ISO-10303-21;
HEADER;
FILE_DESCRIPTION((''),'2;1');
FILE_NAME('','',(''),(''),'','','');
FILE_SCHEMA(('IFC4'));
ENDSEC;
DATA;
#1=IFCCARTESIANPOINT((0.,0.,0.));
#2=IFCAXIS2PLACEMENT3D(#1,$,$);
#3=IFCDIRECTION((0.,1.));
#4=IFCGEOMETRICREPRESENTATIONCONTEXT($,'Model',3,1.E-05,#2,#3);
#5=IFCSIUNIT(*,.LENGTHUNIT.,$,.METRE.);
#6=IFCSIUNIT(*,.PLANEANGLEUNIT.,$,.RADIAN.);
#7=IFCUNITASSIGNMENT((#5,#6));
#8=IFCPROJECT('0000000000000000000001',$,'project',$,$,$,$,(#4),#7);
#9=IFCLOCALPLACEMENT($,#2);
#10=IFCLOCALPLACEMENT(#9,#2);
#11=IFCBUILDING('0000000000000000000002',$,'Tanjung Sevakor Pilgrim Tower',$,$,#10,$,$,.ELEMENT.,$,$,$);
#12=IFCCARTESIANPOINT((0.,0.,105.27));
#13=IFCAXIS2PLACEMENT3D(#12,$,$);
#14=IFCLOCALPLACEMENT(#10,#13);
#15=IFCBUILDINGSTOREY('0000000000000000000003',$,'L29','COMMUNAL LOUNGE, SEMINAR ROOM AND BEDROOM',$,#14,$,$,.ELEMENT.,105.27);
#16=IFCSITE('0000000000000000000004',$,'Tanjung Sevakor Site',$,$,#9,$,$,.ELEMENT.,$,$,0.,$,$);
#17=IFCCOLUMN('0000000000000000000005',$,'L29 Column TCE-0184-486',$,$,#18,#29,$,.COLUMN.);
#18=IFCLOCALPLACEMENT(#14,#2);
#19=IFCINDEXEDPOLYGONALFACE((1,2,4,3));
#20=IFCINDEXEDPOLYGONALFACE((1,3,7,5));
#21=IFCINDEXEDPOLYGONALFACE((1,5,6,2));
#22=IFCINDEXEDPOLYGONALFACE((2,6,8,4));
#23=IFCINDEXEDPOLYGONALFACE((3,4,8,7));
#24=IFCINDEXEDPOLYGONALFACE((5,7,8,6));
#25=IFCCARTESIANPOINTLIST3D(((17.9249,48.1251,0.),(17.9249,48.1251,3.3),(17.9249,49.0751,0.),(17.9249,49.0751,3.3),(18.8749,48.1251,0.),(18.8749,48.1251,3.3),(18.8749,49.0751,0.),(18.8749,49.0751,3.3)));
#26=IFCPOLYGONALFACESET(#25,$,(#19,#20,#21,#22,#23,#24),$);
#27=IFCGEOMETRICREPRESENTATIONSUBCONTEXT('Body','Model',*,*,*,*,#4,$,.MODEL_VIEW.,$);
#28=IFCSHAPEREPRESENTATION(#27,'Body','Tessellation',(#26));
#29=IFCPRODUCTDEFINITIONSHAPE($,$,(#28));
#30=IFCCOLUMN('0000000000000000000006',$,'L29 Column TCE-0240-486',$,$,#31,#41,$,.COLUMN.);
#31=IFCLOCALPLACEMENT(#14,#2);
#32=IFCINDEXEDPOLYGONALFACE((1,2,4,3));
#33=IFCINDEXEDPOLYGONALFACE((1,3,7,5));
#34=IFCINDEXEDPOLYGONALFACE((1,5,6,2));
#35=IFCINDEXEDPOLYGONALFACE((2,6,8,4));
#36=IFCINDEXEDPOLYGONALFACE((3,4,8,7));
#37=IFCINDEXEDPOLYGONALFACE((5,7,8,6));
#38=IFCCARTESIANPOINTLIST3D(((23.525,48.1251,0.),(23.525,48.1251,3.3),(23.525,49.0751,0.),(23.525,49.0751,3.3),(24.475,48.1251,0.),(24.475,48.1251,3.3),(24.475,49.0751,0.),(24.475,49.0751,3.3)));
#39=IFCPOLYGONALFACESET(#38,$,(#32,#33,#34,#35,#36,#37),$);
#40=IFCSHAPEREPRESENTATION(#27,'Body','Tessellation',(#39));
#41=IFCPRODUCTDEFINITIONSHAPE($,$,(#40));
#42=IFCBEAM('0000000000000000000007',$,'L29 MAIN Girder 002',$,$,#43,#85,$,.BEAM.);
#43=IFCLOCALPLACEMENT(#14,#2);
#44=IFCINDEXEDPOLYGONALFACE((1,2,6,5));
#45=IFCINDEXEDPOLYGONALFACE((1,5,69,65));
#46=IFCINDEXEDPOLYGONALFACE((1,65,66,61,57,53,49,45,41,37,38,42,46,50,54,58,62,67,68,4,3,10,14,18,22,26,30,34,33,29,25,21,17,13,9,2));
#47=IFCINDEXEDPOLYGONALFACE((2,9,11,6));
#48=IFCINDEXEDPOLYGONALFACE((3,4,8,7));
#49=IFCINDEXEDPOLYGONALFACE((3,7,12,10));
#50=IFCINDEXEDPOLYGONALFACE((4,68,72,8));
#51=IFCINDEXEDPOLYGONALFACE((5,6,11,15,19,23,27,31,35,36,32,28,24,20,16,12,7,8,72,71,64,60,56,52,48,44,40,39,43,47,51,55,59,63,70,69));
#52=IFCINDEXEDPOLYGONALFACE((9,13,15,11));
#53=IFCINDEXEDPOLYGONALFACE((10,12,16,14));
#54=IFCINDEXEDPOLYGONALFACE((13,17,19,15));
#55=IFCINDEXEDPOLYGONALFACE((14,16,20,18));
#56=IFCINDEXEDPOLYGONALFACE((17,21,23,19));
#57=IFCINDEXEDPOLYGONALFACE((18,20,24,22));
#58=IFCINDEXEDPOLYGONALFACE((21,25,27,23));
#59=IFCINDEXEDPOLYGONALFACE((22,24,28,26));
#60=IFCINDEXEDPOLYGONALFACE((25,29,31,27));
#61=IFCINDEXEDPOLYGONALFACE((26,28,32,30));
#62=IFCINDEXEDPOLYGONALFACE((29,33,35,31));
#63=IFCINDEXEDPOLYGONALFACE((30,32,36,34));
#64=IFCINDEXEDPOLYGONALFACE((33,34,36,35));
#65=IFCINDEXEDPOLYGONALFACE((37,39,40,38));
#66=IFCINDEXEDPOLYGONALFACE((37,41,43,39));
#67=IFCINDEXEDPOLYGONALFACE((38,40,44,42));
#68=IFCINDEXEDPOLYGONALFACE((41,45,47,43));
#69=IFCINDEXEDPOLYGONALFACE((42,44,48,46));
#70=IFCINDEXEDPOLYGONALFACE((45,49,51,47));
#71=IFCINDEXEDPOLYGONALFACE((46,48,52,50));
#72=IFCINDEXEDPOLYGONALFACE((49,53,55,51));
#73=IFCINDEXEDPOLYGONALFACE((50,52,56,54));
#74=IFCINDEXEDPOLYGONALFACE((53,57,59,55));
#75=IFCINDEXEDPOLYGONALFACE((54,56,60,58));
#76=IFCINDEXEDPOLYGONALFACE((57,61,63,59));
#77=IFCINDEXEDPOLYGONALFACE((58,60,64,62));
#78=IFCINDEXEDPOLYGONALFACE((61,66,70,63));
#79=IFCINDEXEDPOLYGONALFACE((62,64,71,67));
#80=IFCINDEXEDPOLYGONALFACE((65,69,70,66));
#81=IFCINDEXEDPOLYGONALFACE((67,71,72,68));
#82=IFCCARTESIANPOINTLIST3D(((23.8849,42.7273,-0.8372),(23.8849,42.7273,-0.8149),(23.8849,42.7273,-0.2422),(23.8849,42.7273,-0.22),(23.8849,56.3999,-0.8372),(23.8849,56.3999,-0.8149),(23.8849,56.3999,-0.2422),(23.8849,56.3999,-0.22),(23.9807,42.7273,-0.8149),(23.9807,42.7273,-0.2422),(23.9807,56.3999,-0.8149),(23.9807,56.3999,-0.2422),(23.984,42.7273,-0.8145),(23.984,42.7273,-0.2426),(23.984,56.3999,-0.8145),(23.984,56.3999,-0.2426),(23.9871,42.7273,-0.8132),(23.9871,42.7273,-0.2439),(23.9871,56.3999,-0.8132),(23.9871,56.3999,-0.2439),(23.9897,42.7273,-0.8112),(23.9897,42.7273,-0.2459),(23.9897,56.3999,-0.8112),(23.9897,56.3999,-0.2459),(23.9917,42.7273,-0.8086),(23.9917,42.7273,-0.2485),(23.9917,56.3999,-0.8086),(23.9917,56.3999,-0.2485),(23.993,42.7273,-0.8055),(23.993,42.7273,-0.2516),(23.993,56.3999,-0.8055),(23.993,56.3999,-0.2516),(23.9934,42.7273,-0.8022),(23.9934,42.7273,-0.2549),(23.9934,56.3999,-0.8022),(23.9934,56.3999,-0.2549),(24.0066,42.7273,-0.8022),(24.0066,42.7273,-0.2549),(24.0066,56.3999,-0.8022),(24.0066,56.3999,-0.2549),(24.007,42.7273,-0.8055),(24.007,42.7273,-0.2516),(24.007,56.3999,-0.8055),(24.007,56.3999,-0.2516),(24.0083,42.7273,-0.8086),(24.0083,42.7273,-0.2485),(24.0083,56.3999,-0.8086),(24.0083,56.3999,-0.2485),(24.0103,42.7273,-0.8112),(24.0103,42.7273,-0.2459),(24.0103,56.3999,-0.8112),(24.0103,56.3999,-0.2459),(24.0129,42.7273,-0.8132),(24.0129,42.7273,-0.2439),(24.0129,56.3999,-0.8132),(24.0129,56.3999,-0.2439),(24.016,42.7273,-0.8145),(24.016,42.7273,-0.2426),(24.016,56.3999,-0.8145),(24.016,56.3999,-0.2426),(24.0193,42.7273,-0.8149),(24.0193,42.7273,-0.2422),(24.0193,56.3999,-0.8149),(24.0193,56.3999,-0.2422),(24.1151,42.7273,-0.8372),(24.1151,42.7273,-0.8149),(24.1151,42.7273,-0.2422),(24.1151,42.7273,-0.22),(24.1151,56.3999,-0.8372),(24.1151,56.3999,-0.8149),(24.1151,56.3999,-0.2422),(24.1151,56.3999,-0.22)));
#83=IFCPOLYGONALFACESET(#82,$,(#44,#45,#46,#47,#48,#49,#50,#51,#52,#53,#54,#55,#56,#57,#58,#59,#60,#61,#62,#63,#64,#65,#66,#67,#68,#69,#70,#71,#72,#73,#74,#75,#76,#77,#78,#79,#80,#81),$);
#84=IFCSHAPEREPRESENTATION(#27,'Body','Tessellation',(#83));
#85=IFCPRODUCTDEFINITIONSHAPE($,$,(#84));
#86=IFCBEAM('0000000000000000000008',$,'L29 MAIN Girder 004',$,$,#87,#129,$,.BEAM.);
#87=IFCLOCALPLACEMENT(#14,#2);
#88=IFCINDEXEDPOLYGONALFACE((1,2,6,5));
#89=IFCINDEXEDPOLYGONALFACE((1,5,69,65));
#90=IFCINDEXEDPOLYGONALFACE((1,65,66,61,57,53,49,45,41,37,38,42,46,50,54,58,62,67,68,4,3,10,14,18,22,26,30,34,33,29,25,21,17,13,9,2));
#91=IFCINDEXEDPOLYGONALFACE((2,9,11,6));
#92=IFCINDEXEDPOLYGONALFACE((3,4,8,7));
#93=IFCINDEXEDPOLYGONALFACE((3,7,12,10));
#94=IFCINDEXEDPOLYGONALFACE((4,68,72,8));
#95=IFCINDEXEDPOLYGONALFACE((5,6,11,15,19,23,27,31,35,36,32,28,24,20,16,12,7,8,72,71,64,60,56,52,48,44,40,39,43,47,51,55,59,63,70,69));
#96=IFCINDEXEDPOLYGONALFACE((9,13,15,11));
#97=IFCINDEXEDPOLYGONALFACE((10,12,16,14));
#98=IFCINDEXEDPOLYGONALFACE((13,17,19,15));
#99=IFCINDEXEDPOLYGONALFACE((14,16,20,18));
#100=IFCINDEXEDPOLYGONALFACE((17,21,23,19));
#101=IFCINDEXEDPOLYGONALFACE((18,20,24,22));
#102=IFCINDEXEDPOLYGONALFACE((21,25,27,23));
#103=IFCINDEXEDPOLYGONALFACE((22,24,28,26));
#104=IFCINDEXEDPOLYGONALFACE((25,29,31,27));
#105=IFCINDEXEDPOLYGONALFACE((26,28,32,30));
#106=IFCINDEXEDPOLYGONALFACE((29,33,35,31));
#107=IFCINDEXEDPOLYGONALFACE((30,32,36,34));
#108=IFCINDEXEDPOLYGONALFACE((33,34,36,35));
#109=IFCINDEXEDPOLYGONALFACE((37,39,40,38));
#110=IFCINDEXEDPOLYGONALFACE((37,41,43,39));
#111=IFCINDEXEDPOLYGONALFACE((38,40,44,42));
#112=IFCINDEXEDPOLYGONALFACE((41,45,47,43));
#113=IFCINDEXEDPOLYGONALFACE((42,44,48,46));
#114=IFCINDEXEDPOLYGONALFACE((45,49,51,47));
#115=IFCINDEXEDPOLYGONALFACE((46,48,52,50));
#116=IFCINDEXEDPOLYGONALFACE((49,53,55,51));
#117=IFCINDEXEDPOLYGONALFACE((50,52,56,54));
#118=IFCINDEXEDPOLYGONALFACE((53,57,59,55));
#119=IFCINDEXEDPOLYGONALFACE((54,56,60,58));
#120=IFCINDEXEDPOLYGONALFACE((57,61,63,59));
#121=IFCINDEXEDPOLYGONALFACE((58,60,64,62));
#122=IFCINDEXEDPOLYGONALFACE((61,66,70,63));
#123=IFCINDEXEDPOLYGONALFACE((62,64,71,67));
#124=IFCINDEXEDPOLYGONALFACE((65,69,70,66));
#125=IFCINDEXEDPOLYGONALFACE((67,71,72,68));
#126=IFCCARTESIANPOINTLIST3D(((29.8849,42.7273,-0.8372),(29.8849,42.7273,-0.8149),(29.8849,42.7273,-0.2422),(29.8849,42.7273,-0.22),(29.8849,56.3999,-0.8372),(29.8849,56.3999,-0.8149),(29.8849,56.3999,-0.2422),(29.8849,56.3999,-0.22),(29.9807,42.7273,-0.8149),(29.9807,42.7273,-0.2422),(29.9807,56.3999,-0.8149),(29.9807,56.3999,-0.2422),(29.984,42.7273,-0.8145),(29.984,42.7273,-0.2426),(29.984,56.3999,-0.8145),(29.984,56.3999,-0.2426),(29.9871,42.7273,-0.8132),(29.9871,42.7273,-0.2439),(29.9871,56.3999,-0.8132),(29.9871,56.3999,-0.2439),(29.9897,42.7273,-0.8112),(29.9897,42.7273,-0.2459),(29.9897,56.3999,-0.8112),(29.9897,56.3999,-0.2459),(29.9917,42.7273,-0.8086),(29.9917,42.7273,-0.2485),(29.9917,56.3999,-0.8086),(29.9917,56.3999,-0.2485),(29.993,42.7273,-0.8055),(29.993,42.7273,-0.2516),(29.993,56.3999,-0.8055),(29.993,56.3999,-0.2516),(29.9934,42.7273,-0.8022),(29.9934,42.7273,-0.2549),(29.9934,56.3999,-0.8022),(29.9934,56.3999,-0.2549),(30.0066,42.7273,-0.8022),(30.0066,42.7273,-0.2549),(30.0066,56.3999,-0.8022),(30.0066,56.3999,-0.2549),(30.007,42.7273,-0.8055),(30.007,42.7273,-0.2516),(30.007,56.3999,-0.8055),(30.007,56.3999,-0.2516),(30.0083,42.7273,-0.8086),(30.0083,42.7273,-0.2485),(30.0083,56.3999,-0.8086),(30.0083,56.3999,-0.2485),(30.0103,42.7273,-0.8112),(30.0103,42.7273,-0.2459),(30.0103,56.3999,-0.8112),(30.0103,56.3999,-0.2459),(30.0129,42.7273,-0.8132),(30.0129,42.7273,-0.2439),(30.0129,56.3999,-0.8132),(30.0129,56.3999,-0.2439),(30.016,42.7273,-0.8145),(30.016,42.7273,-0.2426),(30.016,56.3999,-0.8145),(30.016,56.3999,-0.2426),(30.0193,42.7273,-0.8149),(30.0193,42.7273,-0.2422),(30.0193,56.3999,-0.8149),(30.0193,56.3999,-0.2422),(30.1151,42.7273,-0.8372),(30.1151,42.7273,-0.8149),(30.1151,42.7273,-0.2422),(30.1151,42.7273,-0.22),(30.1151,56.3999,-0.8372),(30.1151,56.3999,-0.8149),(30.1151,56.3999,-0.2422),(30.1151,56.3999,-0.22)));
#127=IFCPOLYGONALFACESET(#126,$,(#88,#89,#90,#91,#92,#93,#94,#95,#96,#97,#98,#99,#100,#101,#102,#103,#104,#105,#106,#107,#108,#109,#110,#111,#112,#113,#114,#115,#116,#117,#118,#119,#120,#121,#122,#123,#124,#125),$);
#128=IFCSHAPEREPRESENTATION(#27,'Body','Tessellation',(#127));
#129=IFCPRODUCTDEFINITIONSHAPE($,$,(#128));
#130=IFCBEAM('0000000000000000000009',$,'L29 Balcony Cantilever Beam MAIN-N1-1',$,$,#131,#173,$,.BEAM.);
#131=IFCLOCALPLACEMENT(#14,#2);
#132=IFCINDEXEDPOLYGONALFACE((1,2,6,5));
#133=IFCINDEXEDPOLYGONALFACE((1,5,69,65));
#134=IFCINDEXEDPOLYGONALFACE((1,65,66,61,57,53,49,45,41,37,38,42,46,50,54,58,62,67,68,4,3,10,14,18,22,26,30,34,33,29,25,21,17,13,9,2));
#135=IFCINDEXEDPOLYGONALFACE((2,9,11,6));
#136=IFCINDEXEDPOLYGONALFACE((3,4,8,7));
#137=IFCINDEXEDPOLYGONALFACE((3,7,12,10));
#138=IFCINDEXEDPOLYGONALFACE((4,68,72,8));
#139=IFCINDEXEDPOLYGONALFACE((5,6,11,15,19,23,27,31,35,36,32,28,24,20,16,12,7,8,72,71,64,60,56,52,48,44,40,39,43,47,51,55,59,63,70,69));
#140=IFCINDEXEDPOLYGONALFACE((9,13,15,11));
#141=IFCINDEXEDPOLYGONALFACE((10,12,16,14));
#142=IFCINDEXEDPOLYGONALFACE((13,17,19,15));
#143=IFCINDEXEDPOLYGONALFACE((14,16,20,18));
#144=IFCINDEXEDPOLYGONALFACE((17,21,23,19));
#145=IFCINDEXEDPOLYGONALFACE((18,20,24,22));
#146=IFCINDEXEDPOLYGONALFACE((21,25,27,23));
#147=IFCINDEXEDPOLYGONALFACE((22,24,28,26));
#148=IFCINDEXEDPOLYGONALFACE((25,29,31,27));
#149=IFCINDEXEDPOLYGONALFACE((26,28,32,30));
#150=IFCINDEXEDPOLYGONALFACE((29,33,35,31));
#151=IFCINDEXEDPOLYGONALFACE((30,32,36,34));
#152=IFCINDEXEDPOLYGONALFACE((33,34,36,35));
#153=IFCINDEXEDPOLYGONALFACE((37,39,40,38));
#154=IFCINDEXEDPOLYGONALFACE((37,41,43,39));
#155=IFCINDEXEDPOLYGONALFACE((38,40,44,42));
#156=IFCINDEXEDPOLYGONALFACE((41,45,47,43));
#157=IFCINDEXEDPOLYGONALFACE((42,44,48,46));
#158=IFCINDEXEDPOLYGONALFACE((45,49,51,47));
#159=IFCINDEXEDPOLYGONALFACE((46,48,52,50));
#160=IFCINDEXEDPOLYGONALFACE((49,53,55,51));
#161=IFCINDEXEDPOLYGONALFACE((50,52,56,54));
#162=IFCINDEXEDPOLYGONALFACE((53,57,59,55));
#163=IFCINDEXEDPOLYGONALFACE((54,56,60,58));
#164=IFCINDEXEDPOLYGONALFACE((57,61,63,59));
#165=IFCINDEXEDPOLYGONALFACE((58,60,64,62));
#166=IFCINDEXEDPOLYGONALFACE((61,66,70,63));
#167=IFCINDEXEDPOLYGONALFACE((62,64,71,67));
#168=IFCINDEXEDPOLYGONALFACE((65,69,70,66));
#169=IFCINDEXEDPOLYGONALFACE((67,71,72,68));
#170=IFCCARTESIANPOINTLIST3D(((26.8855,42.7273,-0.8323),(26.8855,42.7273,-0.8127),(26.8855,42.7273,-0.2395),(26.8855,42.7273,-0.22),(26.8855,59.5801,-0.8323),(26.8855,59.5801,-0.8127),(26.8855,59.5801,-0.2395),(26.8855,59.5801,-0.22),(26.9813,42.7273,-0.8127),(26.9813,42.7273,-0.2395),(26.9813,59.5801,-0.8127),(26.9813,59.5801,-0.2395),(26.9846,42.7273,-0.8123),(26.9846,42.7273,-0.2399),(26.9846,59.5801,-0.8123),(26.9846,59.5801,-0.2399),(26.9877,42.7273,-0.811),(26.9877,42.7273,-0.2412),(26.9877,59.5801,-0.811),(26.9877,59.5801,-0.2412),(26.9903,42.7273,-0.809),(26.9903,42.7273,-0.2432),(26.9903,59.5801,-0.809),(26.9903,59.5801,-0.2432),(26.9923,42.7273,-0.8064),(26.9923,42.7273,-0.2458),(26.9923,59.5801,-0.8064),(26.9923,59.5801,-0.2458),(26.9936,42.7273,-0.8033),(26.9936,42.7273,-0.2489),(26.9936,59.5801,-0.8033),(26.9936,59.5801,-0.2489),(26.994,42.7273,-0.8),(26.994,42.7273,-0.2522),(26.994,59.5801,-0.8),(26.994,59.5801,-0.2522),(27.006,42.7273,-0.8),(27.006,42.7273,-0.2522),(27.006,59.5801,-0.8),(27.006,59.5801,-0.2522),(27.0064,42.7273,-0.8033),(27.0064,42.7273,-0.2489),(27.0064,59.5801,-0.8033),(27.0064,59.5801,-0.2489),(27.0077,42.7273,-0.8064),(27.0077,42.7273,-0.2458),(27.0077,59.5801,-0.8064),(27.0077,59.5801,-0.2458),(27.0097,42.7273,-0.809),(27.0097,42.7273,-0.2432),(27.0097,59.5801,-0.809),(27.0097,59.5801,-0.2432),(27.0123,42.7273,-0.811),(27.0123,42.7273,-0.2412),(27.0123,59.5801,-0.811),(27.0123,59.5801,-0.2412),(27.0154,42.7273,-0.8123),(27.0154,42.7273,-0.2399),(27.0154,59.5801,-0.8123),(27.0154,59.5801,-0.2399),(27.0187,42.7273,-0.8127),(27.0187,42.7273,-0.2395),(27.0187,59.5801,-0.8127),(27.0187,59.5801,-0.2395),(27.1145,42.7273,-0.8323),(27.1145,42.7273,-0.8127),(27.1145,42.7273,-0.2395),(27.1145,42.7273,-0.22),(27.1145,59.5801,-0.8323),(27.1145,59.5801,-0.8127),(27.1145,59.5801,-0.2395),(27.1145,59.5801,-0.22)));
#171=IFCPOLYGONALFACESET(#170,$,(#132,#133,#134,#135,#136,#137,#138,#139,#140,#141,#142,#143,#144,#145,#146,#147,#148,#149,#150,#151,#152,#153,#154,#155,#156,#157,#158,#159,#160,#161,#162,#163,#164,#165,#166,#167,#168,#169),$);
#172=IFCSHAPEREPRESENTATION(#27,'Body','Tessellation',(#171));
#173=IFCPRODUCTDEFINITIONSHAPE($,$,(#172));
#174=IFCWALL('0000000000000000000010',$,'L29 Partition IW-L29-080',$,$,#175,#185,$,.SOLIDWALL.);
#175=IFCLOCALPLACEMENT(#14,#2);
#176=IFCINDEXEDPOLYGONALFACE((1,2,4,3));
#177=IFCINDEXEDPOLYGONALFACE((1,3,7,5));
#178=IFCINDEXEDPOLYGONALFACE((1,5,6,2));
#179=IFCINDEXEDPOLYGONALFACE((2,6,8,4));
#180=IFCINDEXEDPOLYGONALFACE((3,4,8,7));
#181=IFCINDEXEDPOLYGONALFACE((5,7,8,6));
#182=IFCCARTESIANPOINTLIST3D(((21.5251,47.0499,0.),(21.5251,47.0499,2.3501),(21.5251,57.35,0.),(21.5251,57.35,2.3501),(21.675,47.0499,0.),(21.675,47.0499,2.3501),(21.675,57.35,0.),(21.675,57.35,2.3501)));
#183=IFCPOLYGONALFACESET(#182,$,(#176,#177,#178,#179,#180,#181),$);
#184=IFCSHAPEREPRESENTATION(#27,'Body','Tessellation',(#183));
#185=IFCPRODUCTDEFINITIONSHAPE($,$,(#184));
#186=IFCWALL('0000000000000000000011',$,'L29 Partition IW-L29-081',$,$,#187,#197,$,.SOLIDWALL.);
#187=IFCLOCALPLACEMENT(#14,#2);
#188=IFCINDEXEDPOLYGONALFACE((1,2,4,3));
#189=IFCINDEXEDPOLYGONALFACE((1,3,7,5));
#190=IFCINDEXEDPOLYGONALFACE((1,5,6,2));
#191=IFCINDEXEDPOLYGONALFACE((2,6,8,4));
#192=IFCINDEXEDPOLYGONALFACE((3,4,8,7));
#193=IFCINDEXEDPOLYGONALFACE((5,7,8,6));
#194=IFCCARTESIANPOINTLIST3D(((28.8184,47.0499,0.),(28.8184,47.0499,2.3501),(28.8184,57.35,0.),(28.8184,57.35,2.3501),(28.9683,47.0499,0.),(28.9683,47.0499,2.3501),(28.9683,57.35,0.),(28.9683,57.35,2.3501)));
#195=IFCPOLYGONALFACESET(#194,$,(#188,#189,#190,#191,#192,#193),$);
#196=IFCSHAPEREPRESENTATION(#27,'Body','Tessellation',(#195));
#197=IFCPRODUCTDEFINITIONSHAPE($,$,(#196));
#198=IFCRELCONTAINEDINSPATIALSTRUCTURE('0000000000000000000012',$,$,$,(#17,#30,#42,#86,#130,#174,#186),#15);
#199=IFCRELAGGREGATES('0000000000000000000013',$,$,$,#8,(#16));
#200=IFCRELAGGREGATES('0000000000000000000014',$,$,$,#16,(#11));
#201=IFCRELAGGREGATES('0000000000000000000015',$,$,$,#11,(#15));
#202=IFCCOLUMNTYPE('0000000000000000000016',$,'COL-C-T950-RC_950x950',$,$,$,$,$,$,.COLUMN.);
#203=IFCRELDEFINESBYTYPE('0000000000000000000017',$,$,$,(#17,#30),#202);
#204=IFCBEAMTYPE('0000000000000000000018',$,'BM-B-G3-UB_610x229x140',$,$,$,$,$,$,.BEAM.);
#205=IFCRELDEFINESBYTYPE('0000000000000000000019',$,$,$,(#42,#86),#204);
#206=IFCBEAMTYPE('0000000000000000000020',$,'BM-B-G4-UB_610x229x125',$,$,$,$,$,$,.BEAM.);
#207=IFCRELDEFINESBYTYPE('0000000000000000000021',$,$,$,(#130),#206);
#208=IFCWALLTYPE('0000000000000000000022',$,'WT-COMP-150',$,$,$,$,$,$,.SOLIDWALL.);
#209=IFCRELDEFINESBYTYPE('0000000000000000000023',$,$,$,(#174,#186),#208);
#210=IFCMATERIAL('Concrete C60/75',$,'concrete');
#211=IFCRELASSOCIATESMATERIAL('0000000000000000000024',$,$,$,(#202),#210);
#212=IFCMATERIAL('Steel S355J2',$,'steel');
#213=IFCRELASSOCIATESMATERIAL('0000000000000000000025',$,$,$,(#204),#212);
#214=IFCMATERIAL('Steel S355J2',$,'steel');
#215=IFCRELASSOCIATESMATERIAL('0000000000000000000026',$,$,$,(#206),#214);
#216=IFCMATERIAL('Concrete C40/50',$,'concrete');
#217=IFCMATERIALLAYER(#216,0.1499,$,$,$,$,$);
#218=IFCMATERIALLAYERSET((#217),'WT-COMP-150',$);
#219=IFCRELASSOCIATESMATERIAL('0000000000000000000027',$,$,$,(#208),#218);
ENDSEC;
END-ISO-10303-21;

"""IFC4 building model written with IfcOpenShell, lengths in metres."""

from ifc_helpers import new_model, si_unit, direction, frame, frame_2d, origin, origin_2d, place, context, subcontext, project, spatial, rectangle, i_section, extrude, material, layer, layer_set, material_profile, profile_set, type_object, element, save


model = new_model("IFC4")

# Units and contexts
model_context = context("Model", 3, precision=1e-05, world=origin(), true_north=direction((0.0, 1.0)))
body_context = subcontext(model_context, "Body", "Model", "MODEL_VIEW")
ifc_project = project(units=[si_unit("LENGTHUNIT", "METRE"), si_unit("PLANEANGLEUNIT", "RADIAN")], contexts=[model_context])

# Site, building, storey
site_placement = place(None, origin())
site = spatial("IfcSite", under=ifc_project, at=site_placement, Name="Tanjung Sevakor Site", CompositionType="ELEMENT", RefElevation=0.0)
building_placement = place(site_placement, origin())
building = spatial("IfcBuilding", under=site, at=building_placement, Name="Tanjung Sevakor Pilgrim Tower", CompositionType="ELEMENT")
storey_placement = place(building_placement, frame((0.0, 0.0, 105.27)))
storey = spatial("IfcBuildingStorey", under=building, at=storey_placement, Name="L29", Description="COMMUNAL LOUNGE, SEMINAR ROOM AND BEDROOM", CompositionType="ELEMENT", Elevation=105.27)

# Columns
ifc_material_1 = material(Name="Concrete C60/75", Category="concrete")
ifc_material_profile_1 = material_profile(ifc_material_1, rectangle(XDim=0.95, YDim=0.95, at=origin_2d()))
ifc_profile_set_1 = profile_set([ifc_material_profile_1], Name="Concrete C60/75")
column_type = type_object("IfcColumnType", Name="COL-C-T950-RC_950x950", PredefinedType="COLUMN", material=ifc_profile_set_1)
for number, where, z_axis, x_axis, name in (
    (1, (18.3999, 48.6001, 0.0), (0.0, 0.0, 1.0), (1.0, 0.0, 0.0), "L29 Column TCE-0184-486"),
    (2, (24.0, 48.6001, 0.0), (0.0, 0.0, 1.0), (1.0, 0.0, 0.0), "L29 Column TCE-0240-486"),
):
    element("IfcColumn", number, at=place(storey_placement, frame(where, z_axis=z_axis, x_axis=x_axis)), inside=storey, type_object=column_type, Name=name, PredefinedType="COLUMN", context=body_context, shape_type="SweptSolid", body=[
        extrude(rectangle(XDim=0.95, YDim=0.95, at=origin_2d()), origin(), (0.0, 0.0, 1.0), 3.3),
    ])

# Beams
ifc_material_2 = material(Name="Steel S355J2", Category="steel")
ifc_material_profile_2 = material_profile(ifc_material_2, i_section(OverallWidth=0.2302, OverallDepth=0.6172, WebThickness=0.0132, FlangeThickness=0.0222, FilletRadius=0.0127, at=origin_2d()))
ifc_profile_set_2 = profile_set([ifc_material_profile_2], Name="Steel S355J2")
beam_type_1 = type_object("IfcBeamType", Name="BM-B-G3-UB_610x229x140", PredefinedType="BEAM", material=ifc_profile_set_2)
for number, where, z_axis, x_axis, name in (
    (3, (24.0, 42.7273, -0.5286), (0.0, 1.0, 0.0), (-1.0, 0.0, 0.0), "L29 MAIN Girder 002"),
    (4, (30.0, 42.7273, -0.5286), (0.0, 1.0, 0.0), (-1.0, 0.0, 0.0), "L29 MAIN Girder 004"),
):
    element("IfcBeam", number, at=place(storey_placement, frame(where, z_axis=z_axis, x_axis=x_axis)), inside=storey, type_object=beam_type_1, Name=name, PredefinedType="BEAM", context=body_context, shape_type="SweptSolid", body=[
        extrude(i_section(OverallWidth=0.2302, OverallDepth=0.6172, WebThickness=0.0132, FlangeThickness=0.0222, FilletRadius=0.0127, at=origin_2d()), origin(), (0.0, 0.0, 1.0), 13.6726),
    ])
ifc_material_3 = material(Name="Steel S355J2", Category="steel")
ifc_material_profile_3 = material_profile(ifc_material_3, i_section(OverallWidth=0.229, OverallDepth=0.6123, WebThickness=0.012, FlangeThickness=0.0195, FilletRadius=0.0127, at=origin_2d()))
ifc_profile_set_3 = profile_set([ifc_material_profile_3], Name="Steel S355J2")
beam_type_2 = type_object("IfcBeamType", Name="BM-B-G4-UB_610x229x125", PredefinedType="BEAM", material=ifc_profile_set_3)
beam_placement = place(storey_placement, frame((27.0, 42.7273, -0.5261), z_axis=(0.0, 1.0, 0.0), x_axis=(-1.0, 0.0, 0.0)))
element("IfcBeam", 5, at=beam_placement, inside=storey, type_object=beam_type_2, Name="L29 Balcony Cantilever Beam MAIN-N1-1", PredefinedType="BEAM", context=body_context, shape_type="SweptSolid", body=[
    extrude(i_section(OverallWidth=0.229, OverallDepth=0.6123, WebThickness=0.012, FlangeThickness=0.0195, FilletRadius=0.0127, at=origin_2d()), origin(), (0.0, 0.0, 1.0), 16.8528),
])

# Walls
ifc_material_4 = material(Name="Concrete C40/50", Category="concrete")
ifc_layer_1 = layer(ifc_material_4, 0.1499)
ifc_layer_set_1 = layer_set([ifc_layer_1], Name="WT-COMP-150")
wall_type_1 = type_object("IfcWallType", Name="WT-COMP-150", PredefinedType="SOLIDWALL", material=ifc_layer_set_1)
for number, where, z_axis, x_axis, name in (
    (6, (21.6001, 47.05, 0.0), (0.0, 0.0, 1.0), (0.0, 1.0, 0.0), "L29 Partition IW-L29-080"),
    (7, (28.8933, 47.05, 0.0), (0.0, 0.0, 1.0), (0.0, 1.0, 0.0), "L29 Partition IW-L29-081"),
):
    element("IfcWall", number, at=place(storey_placement, frame(where, z_axis=z_axis, x_axis=x_axis)), inside=storey, type_object=wall_type_1, Name=name, PredefinedType="SOLIDWALL", context=body_context, shape_type="SweptSolid", body=[
        extrude(rectangle(XDim=10.3, YDim=0.1499, at=frame_2d((5.1499, 0.0))), origin(), (0.0, 0.0, 1.0), 2.3501),
    ])

save(model, "model.ifc")
